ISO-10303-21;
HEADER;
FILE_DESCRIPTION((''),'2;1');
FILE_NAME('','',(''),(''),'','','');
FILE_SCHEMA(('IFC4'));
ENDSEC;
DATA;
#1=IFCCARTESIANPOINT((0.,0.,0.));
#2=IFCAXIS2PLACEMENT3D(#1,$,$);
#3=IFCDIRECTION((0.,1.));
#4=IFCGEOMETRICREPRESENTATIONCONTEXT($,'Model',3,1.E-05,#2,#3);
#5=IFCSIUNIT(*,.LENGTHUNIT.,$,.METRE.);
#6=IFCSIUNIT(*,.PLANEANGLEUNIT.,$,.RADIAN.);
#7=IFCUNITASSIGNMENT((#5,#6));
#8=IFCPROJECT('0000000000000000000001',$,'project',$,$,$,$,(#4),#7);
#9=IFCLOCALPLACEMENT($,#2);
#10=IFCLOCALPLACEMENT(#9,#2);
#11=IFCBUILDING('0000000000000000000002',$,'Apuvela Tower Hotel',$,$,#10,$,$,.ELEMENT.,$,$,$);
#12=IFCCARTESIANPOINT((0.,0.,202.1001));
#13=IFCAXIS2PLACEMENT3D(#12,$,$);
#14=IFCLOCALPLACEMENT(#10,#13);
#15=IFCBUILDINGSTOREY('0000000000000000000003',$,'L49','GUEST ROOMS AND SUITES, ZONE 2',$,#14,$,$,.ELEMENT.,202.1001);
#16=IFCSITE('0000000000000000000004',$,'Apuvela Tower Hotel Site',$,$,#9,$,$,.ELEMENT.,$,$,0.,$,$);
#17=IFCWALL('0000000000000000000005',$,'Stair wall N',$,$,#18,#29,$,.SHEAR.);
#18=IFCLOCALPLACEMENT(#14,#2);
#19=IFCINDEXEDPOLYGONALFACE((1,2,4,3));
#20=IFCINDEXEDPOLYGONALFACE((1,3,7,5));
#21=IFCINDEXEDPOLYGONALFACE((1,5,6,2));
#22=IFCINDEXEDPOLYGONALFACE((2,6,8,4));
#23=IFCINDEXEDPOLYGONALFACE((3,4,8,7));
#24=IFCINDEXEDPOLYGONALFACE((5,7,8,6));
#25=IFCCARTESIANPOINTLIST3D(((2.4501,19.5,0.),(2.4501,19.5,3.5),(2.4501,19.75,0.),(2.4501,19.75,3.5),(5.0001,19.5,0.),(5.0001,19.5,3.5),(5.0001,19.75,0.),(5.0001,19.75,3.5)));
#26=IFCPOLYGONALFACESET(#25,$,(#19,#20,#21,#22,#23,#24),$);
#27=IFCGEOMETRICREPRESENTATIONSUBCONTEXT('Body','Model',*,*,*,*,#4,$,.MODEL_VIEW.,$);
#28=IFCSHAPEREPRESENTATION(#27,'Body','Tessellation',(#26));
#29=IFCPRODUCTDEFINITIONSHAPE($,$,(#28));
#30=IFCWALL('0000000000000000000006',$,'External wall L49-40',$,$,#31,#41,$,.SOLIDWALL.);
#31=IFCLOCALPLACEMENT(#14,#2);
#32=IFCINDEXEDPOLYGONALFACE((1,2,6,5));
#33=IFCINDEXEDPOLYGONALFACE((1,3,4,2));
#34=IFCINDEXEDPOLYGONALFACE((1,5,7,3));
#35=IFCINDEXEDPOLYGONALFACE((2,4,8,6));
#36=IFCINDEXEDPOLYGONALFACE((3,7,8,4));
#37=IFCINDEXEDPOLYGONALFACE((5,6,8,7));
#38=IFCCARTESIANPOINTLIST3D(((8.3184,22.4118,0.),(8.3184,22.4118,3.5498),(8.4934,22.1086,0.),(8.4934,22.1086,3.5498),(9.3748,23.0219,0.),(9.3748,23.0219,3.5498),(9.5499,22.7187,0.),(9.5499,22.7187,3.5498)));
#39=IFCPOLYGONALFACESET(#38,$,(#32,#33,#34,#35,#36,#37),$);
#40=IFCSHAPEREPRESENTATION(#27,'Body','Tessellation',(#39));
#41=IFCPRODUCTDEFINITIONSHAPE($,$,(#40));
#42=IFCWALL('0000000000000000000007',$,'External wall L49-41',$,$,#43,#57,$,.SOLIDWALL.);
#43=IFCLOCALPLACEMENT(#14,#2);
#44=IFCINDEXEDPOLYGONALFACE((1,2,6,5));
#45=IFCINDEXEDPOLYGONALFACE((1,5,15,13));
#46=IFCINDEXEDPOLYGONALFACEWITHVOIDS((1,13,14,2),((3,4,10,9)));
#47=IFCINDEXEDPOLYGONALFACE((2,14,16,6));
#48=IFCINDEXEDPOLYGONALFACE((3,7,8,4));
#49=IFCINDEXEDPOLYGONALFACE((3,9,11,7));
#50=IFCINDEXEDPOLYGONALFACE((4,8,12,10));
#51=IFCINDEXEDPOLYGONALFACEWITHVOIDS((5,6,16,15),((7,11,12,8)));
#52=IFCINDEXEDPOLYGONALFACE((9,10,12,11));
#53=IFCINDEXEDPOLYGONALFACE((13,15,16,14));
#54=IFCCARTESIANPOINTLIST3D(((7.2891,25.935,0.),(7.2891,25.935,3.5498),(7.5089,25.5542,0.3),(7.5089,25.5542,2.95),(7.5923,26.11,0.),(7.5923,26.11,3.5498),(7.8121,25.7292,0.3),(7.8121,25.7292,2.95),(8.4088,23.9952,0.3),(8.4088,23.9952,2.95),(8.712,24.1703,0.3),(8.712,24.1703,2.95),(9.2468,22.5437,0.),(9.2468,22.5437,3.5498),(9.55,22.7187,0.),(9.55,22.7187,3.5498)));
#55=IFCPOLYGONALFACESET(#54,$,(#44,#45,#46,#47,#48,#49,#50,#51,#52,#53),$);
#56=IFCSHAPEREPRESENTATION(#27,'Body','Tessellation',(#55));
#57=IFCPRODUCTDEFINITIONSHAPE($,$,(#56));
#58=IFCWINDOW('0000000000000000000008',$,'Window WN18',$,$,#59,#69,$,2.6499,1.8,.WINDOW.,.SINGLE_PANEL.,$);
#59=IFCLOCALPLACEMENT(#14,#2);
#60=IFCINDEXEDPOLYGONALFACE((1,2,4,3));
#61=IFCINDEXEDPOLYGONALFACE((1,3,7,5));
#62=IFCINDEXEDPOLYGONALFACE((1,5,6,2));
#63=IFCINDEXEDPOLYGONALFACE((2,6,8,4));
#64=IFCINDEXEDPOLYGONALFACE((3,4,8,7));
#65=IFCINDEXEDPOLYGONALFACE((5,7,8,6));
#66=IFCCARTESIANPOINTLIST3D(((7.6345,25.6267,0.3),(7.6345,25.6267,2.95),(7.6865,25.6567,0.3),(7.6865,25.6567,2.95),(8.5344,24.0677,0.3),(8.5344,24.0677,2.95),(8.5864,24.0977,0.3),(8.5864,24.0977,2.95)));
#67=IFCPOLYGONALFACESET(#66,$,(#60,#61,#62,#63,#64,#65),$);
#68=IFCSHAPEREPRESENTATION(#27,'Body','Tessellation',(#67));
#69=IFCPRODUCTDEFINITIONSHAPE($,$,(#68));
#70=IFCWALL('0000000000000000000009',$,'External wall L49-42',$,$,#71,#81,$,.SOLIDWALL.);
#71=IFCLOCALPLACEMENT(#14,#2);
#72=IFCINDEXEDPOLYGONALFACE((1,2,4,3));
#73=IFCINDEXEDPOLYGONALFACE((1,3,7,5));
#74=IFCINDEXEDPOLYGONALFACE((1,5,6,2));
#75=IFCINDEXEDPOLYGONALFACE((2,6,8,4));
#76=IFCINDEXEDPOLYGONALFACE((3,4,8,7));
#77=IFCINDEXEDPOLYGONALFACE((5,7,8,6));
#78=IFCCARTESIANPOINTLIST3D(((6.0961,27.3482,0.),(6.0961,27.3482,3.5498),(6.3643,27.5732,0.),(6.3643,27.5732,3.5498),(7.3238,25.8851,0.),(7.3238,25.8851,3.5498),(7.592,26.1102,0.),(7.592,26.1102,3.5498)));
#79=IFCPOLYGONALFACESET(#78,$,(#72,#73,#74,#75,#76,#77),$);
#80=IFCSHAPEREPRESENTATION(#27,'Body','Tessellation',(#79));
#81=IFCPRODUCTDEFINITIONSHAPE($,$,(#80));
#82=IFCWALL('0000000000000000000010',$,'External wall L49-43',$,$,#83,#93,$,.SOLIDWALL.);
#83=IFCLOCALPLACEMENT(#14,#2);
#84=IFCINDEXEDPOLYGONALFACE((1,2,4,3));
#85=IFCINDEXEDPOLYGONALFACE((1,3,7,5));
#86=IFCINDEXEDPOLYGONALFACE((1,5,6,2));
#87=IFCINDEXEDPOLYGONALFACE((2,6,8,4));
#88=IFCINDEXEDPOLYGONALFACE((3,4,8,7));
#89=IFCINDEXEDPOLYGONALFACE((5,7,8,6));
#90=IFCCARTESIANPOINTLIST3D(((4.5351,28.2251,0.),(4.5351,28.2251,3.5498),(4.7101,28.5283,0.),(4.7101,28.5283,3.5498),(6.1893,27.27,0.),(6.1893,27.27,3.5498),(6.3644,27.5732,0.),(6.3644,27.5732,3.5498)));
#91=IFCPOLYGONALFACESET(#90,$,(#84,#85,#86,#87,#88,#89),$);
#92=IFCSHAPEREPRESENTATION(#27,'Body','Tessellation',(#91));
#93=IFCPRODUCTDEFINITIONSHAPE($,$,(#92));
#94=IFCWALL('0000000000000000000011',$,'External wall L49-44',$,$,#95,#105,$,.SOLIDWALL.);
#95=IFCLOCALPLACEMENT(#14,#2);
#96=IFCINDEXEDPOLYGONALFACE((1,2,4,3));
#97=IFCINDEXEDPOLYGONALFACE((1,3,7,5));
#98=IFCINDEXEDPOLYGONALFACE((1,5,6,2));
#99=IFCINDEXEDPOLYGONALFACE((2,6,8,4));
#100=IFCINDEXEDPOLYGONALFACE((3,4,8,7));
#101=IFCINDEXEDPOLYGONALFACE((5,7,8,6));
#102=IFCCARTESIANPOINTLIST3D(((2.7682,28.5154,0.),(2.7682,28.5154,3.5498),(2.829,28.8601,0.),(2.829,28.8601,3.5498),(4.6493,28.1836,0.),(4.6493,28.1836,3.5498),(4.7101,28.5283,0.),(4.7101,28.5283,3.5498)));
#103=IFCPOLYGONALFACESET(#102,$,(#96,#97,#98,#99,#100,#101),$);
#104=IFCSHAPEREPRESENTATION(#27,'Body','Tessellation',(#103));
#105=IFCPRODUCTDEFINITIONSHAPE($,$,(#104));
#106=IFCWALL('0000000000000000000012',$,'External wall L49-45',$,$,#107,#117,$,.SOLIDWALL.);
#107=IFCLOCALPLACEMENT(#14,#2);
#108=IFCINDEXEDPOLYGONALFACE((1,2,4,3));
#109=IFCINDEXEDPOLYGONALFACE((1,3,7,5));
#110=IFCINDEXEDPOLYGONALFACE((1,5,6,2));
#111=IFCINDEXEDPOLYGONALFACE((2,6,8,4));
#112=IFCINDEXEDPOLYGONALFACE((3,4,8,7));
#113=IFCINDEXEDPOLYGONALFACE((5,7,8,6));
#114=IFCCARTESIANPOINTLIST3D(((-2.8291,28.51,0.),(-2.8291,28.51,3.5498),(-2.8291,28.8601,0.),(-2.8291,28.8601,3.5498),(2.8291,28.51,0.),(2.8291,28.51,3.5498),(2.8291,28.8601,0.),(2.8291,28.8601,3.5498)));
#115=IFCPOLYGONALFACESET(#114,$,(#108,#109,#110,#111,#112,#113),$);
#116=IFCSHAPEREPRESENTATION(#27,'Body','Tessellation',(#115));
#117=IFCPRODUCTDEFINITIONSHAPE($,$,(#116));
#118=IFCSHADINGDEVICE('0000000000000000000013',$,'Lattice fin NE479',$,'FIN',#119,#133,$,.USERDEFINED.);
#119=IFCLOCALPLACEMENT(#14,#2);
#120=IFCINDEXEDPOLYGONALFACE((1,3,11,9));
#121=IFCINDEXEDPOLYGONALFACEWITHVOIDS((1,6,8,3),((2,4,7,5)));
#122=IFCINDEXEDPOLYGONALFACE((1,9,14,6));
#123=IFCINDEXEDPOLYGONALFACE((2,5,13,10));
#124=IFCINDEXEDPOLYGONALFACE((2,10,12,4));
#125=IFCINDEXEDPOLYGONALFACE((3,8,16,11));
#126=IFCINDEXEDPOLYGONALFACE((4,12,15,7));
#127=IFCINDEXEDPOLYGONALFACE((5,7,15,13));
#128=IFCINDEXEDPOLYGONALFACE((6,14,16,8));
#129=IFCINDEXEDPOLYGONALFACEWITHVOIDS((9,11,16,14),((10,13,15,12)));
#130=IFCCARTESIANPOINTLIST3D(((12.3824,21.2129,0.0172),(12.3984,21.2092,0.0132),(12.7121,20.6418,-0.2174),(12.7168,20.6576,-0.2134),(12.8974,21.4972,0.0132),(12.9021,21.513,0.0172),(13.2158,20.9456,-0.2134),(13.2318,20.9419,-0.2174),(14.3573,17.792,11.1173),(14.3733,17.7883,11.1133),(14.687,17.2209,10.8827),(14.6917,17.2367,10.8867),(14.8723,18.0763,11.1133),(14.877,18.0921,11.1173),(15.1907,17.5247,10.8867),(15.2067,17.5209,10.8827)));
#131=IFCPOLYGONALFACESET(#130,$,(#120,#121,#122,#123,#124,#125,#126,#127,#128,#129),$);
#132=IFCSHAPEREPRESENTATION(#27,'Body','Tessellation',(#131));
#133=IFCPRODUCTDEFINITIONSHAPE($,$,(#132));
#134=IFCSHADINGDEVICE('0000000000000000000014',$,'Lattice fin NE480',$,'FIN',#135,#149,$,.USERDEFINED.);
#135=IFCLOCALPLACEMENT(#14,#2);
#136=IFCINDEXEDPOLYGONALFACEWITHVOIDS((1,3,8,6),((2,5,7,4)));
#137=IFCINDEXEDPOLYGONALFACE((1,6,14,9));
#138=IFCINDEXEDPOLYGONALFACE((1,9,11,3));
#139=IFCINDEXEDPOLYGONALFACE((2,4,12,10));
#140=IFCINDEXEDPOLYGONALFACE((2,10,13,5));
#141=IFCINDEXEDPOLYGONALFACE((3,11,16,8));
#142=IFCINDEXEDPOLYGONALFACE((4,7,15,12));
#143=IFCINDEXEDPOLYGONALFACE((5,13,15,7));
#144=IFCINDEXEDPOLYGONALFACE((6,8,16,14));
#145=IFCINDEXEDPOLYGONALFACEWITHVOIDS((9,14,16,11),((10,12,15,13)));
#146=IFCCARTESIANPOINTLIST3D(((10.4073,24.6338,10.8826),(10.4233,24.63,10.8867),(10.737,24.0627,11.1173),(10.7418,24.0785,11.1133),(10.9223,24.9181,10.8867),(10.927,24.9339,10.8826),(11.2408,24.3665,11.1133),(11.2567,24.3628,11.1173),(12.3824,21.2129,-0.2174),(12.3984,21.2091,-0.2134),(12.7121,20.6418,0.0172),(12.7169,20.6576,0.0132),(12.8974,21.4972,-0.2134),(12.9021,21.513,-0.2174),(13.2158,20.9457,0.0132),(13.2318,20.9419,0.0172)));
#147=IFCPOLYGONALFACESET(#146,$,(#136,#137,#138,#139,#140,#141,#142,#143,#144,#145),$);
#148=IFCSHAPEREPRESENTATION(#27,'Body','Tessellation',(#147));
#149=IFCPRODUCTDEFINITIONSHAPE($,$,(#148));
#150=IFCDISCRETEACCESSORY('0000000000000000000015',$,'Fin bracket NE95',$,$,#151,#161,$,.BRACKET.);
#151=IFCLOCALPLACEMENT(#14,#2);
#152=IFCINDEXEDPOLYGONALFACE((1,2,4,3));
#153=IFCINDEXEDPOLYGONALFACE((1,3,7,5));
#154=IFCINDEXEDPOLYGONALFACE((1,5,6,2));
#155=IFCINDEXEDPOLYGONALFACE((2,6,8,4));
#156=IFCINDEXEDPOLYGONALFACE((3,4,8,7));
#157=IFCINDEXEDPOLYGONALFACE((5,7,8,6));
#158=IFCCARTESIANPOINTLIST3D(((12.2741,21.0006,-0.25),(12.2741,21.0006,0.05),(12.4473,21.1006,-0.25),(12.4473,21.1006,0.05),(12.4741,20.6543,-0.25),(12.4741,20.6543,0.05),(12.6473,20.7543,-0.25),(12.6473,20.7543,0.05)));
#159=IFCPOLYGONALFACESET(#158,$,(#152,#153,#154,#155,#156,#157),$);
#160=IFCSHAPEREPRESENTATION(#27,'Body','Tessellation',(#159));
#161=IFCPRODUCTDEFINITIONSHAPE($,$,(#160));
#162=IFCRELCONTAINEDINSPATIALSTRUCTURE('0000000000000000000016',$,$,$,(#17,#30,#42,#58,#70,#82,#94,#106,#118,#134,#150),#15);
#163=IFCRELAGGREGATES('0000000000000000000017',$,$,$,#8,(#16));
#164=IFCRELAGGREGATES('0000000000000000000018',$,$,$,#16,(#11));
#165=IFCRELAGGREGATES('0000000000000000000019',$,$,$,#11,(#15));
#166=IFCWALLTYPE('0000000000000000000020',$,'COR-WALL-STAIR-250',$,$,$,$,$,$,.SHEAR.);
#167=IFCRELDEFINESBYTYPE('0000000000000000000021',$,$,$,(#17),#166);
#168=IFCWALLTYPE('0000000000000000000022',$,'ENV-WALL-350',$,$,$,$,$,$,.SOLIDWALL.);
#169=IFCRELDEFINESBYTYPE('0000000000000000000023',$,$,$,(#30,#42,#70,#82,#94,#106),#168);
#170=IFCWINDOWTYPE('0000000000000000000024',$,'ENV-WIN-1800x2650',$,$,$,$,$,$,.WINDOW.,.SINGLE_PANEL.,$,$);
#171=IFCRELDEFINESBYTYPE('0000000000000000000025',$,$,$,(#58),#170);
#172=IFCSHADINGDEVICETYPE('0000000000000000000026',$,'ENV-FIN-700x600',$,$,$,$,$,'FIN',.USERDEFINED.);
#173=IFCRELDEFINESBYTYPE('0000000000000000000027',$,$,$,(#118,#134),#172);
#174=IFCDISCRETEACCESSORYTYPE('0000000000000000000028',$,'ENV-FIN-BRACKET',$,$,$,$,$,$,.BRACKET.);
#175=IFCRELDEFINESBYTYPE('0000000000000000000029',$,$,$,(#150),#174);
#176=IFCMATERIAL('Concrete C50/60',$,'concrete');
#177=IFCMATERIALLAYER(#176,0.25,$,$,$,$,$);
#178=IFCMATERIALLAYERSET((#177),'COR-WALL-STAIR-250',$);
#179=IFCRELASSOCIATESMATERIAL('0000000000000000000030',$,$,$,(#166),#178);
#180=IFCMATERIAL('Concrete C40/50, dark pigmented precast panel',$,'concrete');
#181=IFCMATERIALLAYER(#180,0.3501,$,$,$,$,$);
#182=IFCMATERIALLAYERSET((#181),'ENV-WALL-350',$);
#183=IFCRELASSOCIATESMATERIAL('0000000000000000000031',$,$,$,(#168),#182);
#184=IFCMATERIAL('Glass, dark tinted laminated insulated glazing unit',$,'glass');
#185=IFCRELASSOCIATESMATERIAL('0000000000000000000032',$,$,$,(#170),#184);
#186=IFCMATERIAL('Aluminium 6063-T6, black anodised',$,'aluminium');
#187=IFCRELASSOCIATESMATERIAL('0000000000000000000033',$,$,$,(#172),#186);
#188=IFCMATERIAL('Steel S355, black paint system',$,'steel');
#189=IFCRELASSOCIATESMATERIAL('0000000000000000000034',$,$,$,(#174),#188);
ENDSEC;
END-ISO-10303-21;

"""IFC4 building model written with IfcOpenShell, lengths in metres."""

from ifc_helpers import new_model, si_unit, direction, frame, frame_2d, origin, origin_2d, place, context, subcontext, project, spatial, rectangle, hollow_rectangle, extrude, material, layer, layer_set, material_profile, profile_set, type_object, element, fill, save


model = new_model("IFC4")

# Units and contexts
model_context = context("Model", 3, precision=1e-05, world=origin(), true_north=direction((0.0, 1.0)))
body_context = subcontext(model_context, "Body", "Model", "MODEL_VIEW")
ifc_project = project(units=[si_unit("LENGTHUNIT", "METRE"), si_unit("PLANEANGLEUNIT", "RADIAN")], contexts=[model_context])

# Site, building, storey
site_placement = place(None, origin())
site = spatial("IfcSite", under=ifc_project, at=site_placement, Name="Apuvela Tower Hotel Site", CompositionType="ELEMENT", RefElevation=0.0)
building_placement = place(site_placement, origin())
building = spatial("IfcBuilding", under=site, at=building_placement, Name="Apuvela Tower Hotel", CompositionType="ELEMENT")
storey_placement = place(building_placement, frame((0.0, 0.0, 202.1001)))
storey = spatial("IfcBuildingStorey", under=building, at=storey_placement, Name="L49", Description="GUEST ROOMS AND SUITES, ZONE 2", CompositionType="ELEMENT", Elevation=202.1001)

# Walls
ifc_material_1 = material(Name="Concrete C50/60", Category="concrete")
ifc_layer_1 = layer(ifc_material_1, 0.25)
ifc_layer_set_1 = layer_set([ifc_layer_1], Name="COR-WALL-STAIR-250")
wall_type_1 = type_object("IfcWallType", Name="COR-WALL-STAIR-250", PredefinedType="SHEAR", material=ifc_layer_set_1)
wall_1_placement = place(storey_placement, frame((5.0, 19.625, 0.0), z_axis=(0.0, 0.0, 1.0), x_axis=(-1.0, 0.0, 0.0)))
element("IfcWall", 1, at=wall_1_placement, inside=storey, type_object=wall_type_1, Name="Stair wall N", PredefinedType="SHEAR", context=body_context, shape_type="SweptSolid", body=[
    extrude(rectangle(XDim=2.55, YDim=0.25, at=frame_2d((1.2749, 0.0))), origin(), (0.0, 0.0, 1.0), 3.5),
])
ifc_material_2 = material(Name="Concrete C40/50, dark pigmented precast panel", Category="concrete")
ifc_layer_2 = layer(ifc_material_2, 0.3501)
ifc_layer_set_2 = layer_set([ifc_layer_2], Name="ENV-WALL-350")
wall_type_2 = type_object("IfcWallType", Name="ENV-WALL-350", PredefinedType="SOLIDWALL", material=ifc_layer_set_2)
wall_2_placement = place(storey_placement, frame((8.406, 22.2603, 0.0), z_axis=(0.0, 0.0, 1.0), x_axis=(0.865956, 0.500121, 0.0)))
element("IfcWall", 2, at=wall_2_placement, inside=storey, type_object=wall_type_2, Name="External wall L49-40", PredefinedType="SOLIDWALL", context=body_context, shape_type="SweptSolid", body=[
    extrude(rectangle(XDim=1.22, YDim=0.3501, at=frame_2d((0.6099, 0.0))), origin(), (0.0, 0.0, 1.0), 3.5498),
])

# Wall, opening, window
wall_3_placement = place(storey_placement, frame((9.3984, 22.6311, 0.0), z_axis=(0.0, 0.0, 1.0), x_axis=(-0.499955, 0.866052, 0.0)))
wall_3 = element("IfcWall", 3, at=wall_3_placement, inside=storey, type_object=wall_type_2, Name="External wall L49-41", PredefinedType="SOLIDWALL", context=body_context, shape_type="SweptSolid", body=[
    extrude(rectangle(XDim=3.9158, YDim=0.3501, at=frame_2d((1.958, 0.0))), origin(), (0.0, 0.0, 1.0), 3.5498),
])
opening_placement = place(wall_3_placement, frame((1.6763, 0.0, 0.3)))
opening = element("IfcOpeningElement", 4, at=opening_placement, cuts=wall_3, PredefinedType="OPENING", context=body_context, shape_type="SweptSolid", body=[
    extrude(rectangle(XDim=1.8, YDim=2.6499, at=frame_2d((0.8999, 1.325))), frame((0.0, 0.1851, 0.0), z_axis=(0.0, -1.0, 0.0), x_axis=(1.0, 0.0, 0.0)), (0.0, 0.0, 1.0), 0.3701),
])
ifc_material_3 = material(Name="Glass, dark tinted laminated insulated glazing unit", Category="glass")
window_type = type_object("IfcWindowType", Name="ENV-WIN-1800x2650", PartitioningType="SINGLE_PANEL", PredefinedType="WINDOW", material=ifc_material_3)
window_placement = place(opening_placement, origin())
window = element("IfcWindow", 5, at=window_placement, inside=storey, type_object=window_type, Name="Window WN18", OverallHeight=2.6499, OverallWidth=1.8, PartitioningType="SINGLE_PANEL", PredefinedType="WINDOW", context=body_context, shape_type="SweptSolid", body=[
    extrude(rectangle(XDim=1.8, YDim=2.6499, at=frame_2d((0.8999, 1.325))), frame((0.0, 0.03, 0.0), z_axis=(0.0, -1.0, 0.0), x_axis=(1.0, 0.0, 0.0)), (0.0, 0.0, 1.0), 0.0601),
])
fill(opening, window)

# Walls
wall_4_placement = place(storey_placement, frame((7.458, 25.9976, 0.0), z_axis=(0.0, 0.0, 1.0), x_axis=(-0.642808, 0.766027, 0.0)))
element("IfcWall", 6, at=wall_4_placement, inside=storey, type_object=wall_type_2, Name="External wall L49-42", PredefinedType="SOLIDWALL", context=body_context, shape_type="SweptSolid", body=[
    extrude(rectangle(XDim=1.9099, YDim=0.3501, at=frame_2d((0.9551, 0.0))), origin(), (0.0, 0.0, 1.0), 3.5498),
])
for number, where, z_axis, x_axis, name in (
    (7, (6.2769, 27.4216, 0.0), (0.0, 0.0, 1.0), (-0.866032, 0.499988, 0.0), "External wall L49-43"),
    (8, (4.6797, 28.356, 0.0), (0.0, 0.0, 1.0), (-0.984799, 0.173698, 0.0), "External wall L49-44"),
):
    element("IfcWall", number, at=place(storey_placement, frame(where, z_axis=z_axis, x_axis=x_axis)), inside=storey, type_object=wall_type_2, Name=name, PredefinedType="SOLIDWALL", context=body_context, shape_type="SweptSolid", body=[
        extrude(rectangle(XDim=1.9102, YDim=0.3501, at=frame_2d((0.9551, 0.0))), origin(), (0.0, 0.0, 1.0), 3.5498),
    ])
wall_5_placement = place(storey_placement, frame((2.8291, 28.6851, 0.0), z_axis=(0.0, 0.0, 1.0), x_axis=(-1.0, 0.0, 0.0)))
element("IfcWall", 9, at=wall_5_placement, inside=storey, type_object=wall_type_2, Name="External wall L49-45", PredefinedType="SOLIDWALL", context=body_context, shape_type="SweptSolid", body=[
    extrude(rectangle(XDim=5.6582, YDim=0.3501, at=frame_2d((2.8291, 0.0))), origin(), (0.0, 0.0, 1.0), 3.5498),
])

# Shading devices
ifc_material_4 = material(Name="Aluminium 6063-T6, black anodised", Category="aluminium")
ifc_material_profile_1 = material_profile(ifc_material_4, hollow_rectangle(XDim=0.6001, YDim=0.7, WallThickness=0.012, at=origin_2d()), Name="AL BOX 700x600x12")
ifc_profile_set_1 = profile_set([ifc_material_profile_1], Name="Aluminium 6063-T6, black anodised")
shading_device_type = type_object("IfcShadingDeviceType", Name="ENV-FIN-700x600", ElementType="FIN", PredefinedType="USERDEFINED", material=ifc_profile_set_1)
for number, where, z_axis, x_axis, name in (
    (10, (12.8071, 21.0774, -0.1001), (0.167617, -0.29035, 0.942126), (0.866048, 0.499961, 0.0), "Lattice fin NE479"),
    (11, (12.8071, 21.0774, -0.1001), (-0.167637, 0.290349, 0.942123), (-0.866021, -0.500008, 0.0), "Lattice fin NE480"),
):
    element("IfcShadingDevice", number, at=place(storey_placement, frame(where, z_axis=z_axis, x_axis=x_axis)), inside=storey, type_object=shading_device_type, Name=name, ObjectType="FIN", PredefinedType="USERDEFINED", context=body_context, shape_type="SweptSolid", body=[
        extrude(hollow_rectangle(XDim=0.6001, YDim=0.7, WallThickness=0.012, at=origin_2d()), origin(), (0.0, 0.0, 1.0), 11.782),
    ])

# Discrete accessory
ifc_material_5 = material(Name="Steel S355, black paint system", Category="steel")
discrete_accessory_type = type_object("IfcDiscreteAccessoryType", Name="ENV-FIN-BRACKET", PredefinedType="BRACKET", material=ifc_material_5)
discrete_accessory_placement = place(storey_placement, frame((12.4607, 20.8774, -0.25), z_axis=(0.0, 0.0, 1.0), x_axis=(-0.5, 0.866025, 0.0)))
element("IfcDiscreteAccessory", 12, at=discrete_accessory_placement, inside=storey, type_object=discrete_accessory_type, Name="Fin bracket NE95", PredefinedType="BRACKET", context=body_context, shape_type="SweptSolid", body=[
    extrude(rectangle(XDim=0.3999, YDim=0.2, at=origin_2d()), origin(), (0.0, 0.0, 1.0), 0.3),
])

save(model, "model.ifc")
